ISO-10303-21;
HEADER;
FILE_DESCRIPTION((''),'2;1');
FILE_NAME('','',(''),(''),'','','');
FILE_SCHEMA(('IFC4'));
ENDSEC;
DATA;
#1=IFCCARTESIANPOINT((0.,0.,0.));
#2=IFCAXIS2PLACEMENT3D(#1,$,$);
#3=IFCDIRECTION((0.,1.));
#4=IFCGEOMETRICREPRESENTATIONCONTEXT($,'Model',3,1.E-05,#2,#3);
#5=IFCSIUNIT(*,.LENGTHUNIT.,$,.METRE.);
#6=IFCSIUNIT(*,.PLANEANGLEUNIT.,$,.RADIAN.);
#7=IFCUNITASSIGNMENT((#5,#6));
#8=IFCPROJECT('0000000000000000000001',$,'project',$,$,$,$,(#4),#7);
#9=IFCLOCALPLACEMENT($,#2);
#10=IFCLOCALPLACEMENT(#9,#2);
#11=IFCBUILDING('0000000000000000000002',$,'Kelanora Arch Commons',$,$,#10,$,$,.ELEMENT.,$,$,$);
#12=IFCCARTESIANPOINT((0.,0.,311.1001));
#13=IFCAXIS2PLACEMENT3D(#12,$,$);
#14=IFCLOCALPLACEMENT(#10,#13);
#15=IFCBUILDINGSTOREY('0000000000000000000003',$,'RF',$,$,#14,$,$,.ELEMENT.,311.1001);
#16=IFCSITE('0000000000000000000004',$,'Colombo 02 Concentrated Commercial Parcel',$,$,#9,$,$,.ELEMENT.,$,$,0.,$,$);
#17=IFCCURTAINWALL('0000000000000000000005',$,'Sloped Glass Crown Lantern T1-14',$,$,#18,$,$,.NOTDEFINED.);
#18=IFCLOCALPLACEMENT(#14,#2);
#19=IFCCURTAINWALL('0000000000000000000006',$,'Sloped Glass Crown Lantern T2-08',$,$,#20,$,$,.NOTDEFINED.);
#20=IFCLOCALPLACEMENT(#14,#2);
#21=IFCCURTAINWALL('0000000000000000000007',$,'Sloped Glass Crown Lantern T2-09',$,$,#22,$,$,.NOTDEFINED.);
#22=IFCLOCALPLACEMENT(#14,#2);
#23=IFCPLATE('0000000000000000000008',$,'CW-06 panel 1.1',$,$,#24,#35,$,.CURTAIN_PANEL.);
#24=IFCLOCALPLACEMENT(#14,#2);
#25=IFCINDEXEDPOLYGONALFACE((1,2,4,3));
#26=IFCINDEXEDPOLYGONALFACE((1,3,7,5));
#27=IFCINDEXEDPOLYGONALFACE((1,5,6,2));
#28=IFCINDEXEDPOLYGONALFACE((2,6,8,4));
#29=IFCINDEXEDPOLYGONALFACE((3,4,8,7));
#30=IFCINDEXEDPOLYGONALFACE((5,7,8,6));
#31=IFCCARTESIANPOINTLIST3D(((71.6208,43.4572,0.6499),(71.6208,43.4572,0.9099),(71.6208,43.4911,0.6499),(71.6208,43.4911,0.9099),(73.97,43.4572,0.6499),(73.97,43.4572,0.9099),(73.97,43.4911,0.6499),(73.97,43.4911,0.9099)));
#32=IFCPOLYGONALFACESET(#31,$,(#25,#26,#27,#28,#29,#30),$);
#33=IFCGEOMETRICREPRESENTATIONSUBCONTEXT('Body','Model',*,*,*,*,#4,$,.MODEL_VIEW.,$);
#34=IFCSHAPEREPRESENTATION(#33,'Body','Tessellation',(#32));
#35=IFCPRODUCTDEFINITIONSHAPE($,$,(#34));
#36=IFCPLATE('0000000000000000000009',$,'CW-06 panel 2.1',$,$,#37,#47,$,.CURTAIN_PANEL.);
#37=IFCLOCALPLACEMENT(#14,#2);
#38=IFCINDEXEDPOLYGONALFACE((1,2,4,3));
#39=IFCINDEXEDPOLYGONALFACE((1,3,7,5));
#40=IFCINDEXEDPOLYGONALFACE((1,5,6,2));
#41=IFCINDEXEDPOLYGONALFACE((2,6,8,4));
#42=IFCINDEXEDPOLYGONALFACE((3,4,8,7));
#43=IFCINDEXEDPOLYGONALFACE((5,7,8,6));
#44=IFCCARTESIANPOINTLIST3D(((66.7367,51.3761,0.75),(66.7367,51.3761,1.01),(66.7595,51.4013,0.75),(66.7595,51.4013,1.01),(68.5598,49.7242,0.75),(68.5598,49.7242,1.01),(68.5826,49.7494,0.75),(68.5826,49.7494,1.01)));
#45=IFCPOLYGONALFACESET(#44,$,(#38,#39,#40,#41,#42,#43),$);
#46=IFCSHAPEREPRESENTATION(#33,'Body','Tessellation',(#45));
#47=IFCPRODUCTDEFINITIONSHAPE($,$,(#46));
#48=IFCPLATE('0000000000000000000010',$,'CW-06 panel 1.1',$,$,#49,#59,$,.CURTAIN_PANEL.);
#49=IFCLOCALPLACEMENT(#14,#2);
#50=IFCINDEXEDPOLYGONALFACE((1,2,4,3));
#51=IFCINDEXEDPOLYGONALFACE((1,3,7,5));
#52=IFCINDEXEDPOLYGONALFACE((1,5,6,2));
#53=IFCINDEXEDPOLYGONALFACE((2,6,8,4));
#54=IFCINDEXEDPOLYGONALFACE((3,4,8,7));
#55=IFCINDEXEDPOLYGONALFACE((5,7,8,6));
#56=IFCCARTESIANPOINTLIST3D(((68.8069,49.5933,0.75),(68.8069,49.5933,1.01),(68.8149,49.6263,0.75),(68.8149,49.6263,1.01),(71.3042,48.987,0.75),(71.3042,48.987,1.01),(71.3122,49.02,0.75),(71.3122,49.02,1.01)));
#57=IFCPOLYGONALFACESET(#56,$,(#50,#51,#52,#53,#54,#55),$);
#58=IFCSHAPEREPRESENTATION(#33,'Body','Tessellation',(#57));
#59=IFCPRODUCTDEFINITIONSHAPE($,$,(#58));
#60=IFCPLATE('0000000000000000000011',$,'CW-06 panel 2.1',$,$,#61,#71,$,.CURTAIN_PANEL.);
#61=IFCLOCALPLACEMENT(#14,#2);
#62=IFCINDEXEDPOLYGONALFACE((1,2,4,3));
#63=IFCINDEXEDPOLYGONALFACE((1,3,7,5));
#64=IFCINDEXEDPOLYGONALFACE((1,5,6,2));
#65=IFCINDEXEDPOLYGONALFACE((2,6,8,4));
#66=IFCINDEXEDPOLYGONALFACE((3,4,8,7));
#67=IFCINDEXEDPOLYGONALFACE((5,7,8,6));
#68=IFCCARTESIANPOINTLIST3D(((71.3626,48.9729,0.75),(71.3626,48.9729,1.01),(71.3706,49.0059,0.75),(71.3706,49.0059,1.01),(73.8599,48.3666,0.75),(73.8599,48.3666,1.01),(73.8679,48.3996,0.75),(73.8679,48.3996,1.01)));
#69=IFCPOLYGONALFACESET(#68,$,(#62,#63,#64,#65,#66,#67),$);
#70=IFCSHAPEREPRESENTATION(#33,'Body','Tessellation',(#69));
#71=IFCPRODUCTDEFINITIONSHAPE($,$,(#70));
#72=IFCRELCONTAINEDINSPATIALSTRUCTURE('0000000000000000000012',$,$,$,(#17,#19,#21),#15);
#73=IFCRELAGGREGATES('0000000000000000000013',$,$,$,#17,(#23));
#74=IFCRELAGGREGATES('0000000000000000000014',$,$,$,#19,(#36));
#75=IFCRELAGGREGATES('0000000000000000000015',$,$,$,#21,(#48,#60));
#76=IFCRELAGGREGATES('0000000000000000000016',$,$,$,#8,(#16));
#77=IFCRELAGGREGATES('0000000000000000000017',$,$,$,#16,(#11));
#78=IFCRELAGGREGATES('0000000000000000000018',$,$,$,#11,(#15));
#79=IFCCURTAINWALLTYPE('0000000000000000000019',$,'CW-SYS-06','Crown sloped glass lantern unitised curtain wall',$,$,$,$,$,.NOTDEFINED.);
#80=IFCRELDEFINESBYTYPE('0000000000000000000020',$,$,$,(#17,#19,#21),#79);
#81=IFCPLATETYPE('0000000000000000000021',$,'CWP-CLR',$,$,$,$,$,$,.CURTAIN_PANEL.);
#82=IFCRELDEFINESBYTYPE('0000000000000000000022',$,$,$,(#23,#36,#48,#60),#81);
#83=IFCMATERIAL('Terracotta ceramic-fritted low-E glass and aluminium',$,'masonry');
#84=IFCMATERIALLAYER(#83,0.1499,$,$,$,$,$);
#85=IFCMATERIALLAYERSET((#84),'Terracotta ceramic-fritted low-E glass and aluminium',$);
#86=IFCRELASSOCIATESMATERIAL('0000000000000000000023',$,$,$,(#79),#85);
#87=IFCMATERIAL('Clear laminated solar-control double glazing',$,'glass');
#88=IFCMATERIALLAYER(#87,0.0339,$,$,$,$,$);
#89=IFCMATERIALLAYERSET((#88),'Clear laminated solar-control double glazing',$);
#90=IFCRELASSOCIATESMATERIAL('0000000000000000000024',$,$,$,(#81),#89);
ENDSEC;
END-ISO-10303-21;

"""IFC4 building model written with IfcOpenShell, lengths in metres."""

from ifc_helpers import new_model, si_unit, direction, frame, origin, origin_2d, place, context, subcontext, project, spatial, rectangle, extrude, source, transform, mapped, material, layer, layer_set, type_object, element, aggregate, save


model = new_model("IFC4")

# Units and contexts
model_context = context("Model", 3, precision=1e-05, world=origin(), true_north=direction((0.0, 1.0)))
body_context = subcontext(model_context, "Body", "Model", "MODEL_VIEW")
ifc_project = project(units=[si_unit("LENGTHUNIT", "METRE"), si_unit("PLANEANGLEUNIT", "RADIAN")], contexts=[model_context])

# Site, building, storey
site_placement = place(None, origin())
site = spatial("IfcSite", under=ifc_project, at=site_placement, Name="Colombo 02 Concentrated Commercial Parcel", CompositionType="ELEMENT", RefElevation=0.0)
building_placement = place(site_placement, origin())
building = spatial("IfcBuilding", under=site, at=building_placement, Name="Kelanora Arch Commons", CompositionType="ELEMENT")
storey_placement = place(building_placement, frame((0.0, 0.0, 311.1001)))
storey = spatial("IfcBuildingStorey", under=building, at=storey_placement, Name="RF", CompositionType="ELEMENT", Elevation=311.1001)

# Shared definitions
ifc_material_1 = material(Name="Terracotta ceramic-fritted low-E glass and aluminium", Category="masonry")
ifc_layer_1 = layer(ifc_material_1, 0.1499)
ifc_layer_set_1 = layer_set([ifc_layer_1], Name="Terracotta ceramic-fritted low-E glass and aluminium")
curtain_wall_type = type_object("IfcCurtainWallType", Name="CW-SYS-06", Description="Crown sloped glass lantern unitised curtain wall", PredefinedType="NOTDEFINED", material=ifc_layer_set_1)

# Curtain wall
curtain_wall_1_placement = place(storey_placement, origin())
curtain_wall_1 = element("IfcCurtainWall", 1, at=curtain_wall_1_placement, inside=storey, type_object=curtain_wall_type, Name="Sloped Glass Crown Lantern T1-14", PredefinedType="NOTDEFINED")

# Curtain walls
curtain_wall_2_placement = place(storey_placement, origin())
curtain_wall_2 = element("IfcCurtainWall", 2, at=curtain_wall_2_placement, inside=storey, type_object=curtain_wall_type, Name="Sloped Glass Crown Lantern T2-08", PredefinedType="NOTDEFINED")
curtain_wall_3_placement = place(storey_placement, origin())
curtain_wall_3 = element("IfcCurtainWall", 3, at=curtain_wall_3_placement, inside=storey, type_object=curtain_wall_type, Name="Sloped Glass Crown Lantern T2-09", PredefinedType="NOTDEFINED")

# Plates
ifc_material_2 = material(Name="Clear laminated solar-control double glazing", Category="glass")
ifc_layer_2 = layer(ifc_material_2, 0.0339)
ifc_layer_set_2 = layer_set([ifc_layer_2], Name="Clear laminated solar-control double glazing")
plate_type = type_object("IfcPlateType", Name="CWP-CLR", PredefinedType="CURTAIN_PANEL", material=ifc_layer_set_2)
shared_shape_1 = source(origin(), body_context, "Body", "SweptSolid", [
    extrude(rectangle(XDim=2.3491, YDim=0.0339, at=origin_2d()), origin(), (0.0, 0.0, 1.0), 0.26),
])
plate_1_placement = place(storey_placement, frame((72.7954, 43.4741, 0.6499), z_axis=(0.0, 0.0, 1.0), x_axis=(1.0, 0.0, 0.0)))
plate_1 = element("IfcPlate", 4, at=plate_1_placement, type_object=plate_type, Name="CW-06 panel 1.1", PredefinedType="CURTAIN_PANEL", context=body_context, shape_type="MappedRepresentation", body=[
    mapped(shared_shape_1, transform((0.0, 0.0, 0.0), scale=1.0)),
])
aggregate(curtain_wall_1, [plate_1])
shared_shape_2 = source(origin(), body_context, "Body", "SweptSolid", [
    extrude(rectangle(XDim=2.4602, YDim=0.0339, at=origin_2d()), origin(), (0.0, 0.0, 1.0), 0.26),
])
plate_2_placement = place(storey_placement, frame((67.6597, 50.5627, 0.75), z_axis=(0.0, 0.0, 1.0), x_axis=(0.741042, -0.671459, 0.0)))
plate_2 = element("IfcPlate", 5, at=plate_2_placement, type_object=plate_type, Name="CW-06 panel 2.1", PredefinedType="CURTAIN_PANEL", context=body_context, shape_type="MappedRepresentation", body=[
    mapped(shared_shape_2, transform((0.0, 0.0, 0.0), scale=1.0)),
])
aggregate(curtain_wall_2, [plate_2])
shared_shape_3 = source(origin(), body_context, "Body", "SweptSolid", [
    extrude(rectangle(XDim=2.5698, YDim=0.0339, at=origin_2d()), origin(), (0.0, 0.0, 1.0), 0.26),
])
plate_3_placement = place(storey_placement, frame((70.0596, 49.3066, 0.75), z_axis=(0.0, 0.0, 1.0), x_axis=(0.97177, -0.235931, 0.0)))
plate_3 = element("IfcPlate", 6, at=plate_3_placement, type_object=plate_type, Name="CW-06 panel 1.1", PredefinedType="CURTAIN_PANEL", context=body_context, shape_type="MappedRepresentation", body=[
    mapped(shared_shape_3, transform((0.0, 0.0, 0.0), scale=1.0)),
])
plate_4_placement = place(storey_placement, frame((72.6152, 48.6863, 0.75), z_axis=(0.0, 0.0, 1.0), x_axis=(0.97177, -0.235931, 0.0)))
plate_4 = element("IfcPlate", 7, at=plate_4_placement, type_object=plate_type, Name="CW-06 panel 2.1", PredefinedType="CURTAIN_PANEL", context=body_context, shape_type="MappedRepresentation", body=[
    mapped(shared_shape_3, transform((0.0, 0.0, 0.0), scale=1.0)),
])
aggregate(curtain_wall_3, [plate_3, plate_4])

save(model, "model.ifc")
